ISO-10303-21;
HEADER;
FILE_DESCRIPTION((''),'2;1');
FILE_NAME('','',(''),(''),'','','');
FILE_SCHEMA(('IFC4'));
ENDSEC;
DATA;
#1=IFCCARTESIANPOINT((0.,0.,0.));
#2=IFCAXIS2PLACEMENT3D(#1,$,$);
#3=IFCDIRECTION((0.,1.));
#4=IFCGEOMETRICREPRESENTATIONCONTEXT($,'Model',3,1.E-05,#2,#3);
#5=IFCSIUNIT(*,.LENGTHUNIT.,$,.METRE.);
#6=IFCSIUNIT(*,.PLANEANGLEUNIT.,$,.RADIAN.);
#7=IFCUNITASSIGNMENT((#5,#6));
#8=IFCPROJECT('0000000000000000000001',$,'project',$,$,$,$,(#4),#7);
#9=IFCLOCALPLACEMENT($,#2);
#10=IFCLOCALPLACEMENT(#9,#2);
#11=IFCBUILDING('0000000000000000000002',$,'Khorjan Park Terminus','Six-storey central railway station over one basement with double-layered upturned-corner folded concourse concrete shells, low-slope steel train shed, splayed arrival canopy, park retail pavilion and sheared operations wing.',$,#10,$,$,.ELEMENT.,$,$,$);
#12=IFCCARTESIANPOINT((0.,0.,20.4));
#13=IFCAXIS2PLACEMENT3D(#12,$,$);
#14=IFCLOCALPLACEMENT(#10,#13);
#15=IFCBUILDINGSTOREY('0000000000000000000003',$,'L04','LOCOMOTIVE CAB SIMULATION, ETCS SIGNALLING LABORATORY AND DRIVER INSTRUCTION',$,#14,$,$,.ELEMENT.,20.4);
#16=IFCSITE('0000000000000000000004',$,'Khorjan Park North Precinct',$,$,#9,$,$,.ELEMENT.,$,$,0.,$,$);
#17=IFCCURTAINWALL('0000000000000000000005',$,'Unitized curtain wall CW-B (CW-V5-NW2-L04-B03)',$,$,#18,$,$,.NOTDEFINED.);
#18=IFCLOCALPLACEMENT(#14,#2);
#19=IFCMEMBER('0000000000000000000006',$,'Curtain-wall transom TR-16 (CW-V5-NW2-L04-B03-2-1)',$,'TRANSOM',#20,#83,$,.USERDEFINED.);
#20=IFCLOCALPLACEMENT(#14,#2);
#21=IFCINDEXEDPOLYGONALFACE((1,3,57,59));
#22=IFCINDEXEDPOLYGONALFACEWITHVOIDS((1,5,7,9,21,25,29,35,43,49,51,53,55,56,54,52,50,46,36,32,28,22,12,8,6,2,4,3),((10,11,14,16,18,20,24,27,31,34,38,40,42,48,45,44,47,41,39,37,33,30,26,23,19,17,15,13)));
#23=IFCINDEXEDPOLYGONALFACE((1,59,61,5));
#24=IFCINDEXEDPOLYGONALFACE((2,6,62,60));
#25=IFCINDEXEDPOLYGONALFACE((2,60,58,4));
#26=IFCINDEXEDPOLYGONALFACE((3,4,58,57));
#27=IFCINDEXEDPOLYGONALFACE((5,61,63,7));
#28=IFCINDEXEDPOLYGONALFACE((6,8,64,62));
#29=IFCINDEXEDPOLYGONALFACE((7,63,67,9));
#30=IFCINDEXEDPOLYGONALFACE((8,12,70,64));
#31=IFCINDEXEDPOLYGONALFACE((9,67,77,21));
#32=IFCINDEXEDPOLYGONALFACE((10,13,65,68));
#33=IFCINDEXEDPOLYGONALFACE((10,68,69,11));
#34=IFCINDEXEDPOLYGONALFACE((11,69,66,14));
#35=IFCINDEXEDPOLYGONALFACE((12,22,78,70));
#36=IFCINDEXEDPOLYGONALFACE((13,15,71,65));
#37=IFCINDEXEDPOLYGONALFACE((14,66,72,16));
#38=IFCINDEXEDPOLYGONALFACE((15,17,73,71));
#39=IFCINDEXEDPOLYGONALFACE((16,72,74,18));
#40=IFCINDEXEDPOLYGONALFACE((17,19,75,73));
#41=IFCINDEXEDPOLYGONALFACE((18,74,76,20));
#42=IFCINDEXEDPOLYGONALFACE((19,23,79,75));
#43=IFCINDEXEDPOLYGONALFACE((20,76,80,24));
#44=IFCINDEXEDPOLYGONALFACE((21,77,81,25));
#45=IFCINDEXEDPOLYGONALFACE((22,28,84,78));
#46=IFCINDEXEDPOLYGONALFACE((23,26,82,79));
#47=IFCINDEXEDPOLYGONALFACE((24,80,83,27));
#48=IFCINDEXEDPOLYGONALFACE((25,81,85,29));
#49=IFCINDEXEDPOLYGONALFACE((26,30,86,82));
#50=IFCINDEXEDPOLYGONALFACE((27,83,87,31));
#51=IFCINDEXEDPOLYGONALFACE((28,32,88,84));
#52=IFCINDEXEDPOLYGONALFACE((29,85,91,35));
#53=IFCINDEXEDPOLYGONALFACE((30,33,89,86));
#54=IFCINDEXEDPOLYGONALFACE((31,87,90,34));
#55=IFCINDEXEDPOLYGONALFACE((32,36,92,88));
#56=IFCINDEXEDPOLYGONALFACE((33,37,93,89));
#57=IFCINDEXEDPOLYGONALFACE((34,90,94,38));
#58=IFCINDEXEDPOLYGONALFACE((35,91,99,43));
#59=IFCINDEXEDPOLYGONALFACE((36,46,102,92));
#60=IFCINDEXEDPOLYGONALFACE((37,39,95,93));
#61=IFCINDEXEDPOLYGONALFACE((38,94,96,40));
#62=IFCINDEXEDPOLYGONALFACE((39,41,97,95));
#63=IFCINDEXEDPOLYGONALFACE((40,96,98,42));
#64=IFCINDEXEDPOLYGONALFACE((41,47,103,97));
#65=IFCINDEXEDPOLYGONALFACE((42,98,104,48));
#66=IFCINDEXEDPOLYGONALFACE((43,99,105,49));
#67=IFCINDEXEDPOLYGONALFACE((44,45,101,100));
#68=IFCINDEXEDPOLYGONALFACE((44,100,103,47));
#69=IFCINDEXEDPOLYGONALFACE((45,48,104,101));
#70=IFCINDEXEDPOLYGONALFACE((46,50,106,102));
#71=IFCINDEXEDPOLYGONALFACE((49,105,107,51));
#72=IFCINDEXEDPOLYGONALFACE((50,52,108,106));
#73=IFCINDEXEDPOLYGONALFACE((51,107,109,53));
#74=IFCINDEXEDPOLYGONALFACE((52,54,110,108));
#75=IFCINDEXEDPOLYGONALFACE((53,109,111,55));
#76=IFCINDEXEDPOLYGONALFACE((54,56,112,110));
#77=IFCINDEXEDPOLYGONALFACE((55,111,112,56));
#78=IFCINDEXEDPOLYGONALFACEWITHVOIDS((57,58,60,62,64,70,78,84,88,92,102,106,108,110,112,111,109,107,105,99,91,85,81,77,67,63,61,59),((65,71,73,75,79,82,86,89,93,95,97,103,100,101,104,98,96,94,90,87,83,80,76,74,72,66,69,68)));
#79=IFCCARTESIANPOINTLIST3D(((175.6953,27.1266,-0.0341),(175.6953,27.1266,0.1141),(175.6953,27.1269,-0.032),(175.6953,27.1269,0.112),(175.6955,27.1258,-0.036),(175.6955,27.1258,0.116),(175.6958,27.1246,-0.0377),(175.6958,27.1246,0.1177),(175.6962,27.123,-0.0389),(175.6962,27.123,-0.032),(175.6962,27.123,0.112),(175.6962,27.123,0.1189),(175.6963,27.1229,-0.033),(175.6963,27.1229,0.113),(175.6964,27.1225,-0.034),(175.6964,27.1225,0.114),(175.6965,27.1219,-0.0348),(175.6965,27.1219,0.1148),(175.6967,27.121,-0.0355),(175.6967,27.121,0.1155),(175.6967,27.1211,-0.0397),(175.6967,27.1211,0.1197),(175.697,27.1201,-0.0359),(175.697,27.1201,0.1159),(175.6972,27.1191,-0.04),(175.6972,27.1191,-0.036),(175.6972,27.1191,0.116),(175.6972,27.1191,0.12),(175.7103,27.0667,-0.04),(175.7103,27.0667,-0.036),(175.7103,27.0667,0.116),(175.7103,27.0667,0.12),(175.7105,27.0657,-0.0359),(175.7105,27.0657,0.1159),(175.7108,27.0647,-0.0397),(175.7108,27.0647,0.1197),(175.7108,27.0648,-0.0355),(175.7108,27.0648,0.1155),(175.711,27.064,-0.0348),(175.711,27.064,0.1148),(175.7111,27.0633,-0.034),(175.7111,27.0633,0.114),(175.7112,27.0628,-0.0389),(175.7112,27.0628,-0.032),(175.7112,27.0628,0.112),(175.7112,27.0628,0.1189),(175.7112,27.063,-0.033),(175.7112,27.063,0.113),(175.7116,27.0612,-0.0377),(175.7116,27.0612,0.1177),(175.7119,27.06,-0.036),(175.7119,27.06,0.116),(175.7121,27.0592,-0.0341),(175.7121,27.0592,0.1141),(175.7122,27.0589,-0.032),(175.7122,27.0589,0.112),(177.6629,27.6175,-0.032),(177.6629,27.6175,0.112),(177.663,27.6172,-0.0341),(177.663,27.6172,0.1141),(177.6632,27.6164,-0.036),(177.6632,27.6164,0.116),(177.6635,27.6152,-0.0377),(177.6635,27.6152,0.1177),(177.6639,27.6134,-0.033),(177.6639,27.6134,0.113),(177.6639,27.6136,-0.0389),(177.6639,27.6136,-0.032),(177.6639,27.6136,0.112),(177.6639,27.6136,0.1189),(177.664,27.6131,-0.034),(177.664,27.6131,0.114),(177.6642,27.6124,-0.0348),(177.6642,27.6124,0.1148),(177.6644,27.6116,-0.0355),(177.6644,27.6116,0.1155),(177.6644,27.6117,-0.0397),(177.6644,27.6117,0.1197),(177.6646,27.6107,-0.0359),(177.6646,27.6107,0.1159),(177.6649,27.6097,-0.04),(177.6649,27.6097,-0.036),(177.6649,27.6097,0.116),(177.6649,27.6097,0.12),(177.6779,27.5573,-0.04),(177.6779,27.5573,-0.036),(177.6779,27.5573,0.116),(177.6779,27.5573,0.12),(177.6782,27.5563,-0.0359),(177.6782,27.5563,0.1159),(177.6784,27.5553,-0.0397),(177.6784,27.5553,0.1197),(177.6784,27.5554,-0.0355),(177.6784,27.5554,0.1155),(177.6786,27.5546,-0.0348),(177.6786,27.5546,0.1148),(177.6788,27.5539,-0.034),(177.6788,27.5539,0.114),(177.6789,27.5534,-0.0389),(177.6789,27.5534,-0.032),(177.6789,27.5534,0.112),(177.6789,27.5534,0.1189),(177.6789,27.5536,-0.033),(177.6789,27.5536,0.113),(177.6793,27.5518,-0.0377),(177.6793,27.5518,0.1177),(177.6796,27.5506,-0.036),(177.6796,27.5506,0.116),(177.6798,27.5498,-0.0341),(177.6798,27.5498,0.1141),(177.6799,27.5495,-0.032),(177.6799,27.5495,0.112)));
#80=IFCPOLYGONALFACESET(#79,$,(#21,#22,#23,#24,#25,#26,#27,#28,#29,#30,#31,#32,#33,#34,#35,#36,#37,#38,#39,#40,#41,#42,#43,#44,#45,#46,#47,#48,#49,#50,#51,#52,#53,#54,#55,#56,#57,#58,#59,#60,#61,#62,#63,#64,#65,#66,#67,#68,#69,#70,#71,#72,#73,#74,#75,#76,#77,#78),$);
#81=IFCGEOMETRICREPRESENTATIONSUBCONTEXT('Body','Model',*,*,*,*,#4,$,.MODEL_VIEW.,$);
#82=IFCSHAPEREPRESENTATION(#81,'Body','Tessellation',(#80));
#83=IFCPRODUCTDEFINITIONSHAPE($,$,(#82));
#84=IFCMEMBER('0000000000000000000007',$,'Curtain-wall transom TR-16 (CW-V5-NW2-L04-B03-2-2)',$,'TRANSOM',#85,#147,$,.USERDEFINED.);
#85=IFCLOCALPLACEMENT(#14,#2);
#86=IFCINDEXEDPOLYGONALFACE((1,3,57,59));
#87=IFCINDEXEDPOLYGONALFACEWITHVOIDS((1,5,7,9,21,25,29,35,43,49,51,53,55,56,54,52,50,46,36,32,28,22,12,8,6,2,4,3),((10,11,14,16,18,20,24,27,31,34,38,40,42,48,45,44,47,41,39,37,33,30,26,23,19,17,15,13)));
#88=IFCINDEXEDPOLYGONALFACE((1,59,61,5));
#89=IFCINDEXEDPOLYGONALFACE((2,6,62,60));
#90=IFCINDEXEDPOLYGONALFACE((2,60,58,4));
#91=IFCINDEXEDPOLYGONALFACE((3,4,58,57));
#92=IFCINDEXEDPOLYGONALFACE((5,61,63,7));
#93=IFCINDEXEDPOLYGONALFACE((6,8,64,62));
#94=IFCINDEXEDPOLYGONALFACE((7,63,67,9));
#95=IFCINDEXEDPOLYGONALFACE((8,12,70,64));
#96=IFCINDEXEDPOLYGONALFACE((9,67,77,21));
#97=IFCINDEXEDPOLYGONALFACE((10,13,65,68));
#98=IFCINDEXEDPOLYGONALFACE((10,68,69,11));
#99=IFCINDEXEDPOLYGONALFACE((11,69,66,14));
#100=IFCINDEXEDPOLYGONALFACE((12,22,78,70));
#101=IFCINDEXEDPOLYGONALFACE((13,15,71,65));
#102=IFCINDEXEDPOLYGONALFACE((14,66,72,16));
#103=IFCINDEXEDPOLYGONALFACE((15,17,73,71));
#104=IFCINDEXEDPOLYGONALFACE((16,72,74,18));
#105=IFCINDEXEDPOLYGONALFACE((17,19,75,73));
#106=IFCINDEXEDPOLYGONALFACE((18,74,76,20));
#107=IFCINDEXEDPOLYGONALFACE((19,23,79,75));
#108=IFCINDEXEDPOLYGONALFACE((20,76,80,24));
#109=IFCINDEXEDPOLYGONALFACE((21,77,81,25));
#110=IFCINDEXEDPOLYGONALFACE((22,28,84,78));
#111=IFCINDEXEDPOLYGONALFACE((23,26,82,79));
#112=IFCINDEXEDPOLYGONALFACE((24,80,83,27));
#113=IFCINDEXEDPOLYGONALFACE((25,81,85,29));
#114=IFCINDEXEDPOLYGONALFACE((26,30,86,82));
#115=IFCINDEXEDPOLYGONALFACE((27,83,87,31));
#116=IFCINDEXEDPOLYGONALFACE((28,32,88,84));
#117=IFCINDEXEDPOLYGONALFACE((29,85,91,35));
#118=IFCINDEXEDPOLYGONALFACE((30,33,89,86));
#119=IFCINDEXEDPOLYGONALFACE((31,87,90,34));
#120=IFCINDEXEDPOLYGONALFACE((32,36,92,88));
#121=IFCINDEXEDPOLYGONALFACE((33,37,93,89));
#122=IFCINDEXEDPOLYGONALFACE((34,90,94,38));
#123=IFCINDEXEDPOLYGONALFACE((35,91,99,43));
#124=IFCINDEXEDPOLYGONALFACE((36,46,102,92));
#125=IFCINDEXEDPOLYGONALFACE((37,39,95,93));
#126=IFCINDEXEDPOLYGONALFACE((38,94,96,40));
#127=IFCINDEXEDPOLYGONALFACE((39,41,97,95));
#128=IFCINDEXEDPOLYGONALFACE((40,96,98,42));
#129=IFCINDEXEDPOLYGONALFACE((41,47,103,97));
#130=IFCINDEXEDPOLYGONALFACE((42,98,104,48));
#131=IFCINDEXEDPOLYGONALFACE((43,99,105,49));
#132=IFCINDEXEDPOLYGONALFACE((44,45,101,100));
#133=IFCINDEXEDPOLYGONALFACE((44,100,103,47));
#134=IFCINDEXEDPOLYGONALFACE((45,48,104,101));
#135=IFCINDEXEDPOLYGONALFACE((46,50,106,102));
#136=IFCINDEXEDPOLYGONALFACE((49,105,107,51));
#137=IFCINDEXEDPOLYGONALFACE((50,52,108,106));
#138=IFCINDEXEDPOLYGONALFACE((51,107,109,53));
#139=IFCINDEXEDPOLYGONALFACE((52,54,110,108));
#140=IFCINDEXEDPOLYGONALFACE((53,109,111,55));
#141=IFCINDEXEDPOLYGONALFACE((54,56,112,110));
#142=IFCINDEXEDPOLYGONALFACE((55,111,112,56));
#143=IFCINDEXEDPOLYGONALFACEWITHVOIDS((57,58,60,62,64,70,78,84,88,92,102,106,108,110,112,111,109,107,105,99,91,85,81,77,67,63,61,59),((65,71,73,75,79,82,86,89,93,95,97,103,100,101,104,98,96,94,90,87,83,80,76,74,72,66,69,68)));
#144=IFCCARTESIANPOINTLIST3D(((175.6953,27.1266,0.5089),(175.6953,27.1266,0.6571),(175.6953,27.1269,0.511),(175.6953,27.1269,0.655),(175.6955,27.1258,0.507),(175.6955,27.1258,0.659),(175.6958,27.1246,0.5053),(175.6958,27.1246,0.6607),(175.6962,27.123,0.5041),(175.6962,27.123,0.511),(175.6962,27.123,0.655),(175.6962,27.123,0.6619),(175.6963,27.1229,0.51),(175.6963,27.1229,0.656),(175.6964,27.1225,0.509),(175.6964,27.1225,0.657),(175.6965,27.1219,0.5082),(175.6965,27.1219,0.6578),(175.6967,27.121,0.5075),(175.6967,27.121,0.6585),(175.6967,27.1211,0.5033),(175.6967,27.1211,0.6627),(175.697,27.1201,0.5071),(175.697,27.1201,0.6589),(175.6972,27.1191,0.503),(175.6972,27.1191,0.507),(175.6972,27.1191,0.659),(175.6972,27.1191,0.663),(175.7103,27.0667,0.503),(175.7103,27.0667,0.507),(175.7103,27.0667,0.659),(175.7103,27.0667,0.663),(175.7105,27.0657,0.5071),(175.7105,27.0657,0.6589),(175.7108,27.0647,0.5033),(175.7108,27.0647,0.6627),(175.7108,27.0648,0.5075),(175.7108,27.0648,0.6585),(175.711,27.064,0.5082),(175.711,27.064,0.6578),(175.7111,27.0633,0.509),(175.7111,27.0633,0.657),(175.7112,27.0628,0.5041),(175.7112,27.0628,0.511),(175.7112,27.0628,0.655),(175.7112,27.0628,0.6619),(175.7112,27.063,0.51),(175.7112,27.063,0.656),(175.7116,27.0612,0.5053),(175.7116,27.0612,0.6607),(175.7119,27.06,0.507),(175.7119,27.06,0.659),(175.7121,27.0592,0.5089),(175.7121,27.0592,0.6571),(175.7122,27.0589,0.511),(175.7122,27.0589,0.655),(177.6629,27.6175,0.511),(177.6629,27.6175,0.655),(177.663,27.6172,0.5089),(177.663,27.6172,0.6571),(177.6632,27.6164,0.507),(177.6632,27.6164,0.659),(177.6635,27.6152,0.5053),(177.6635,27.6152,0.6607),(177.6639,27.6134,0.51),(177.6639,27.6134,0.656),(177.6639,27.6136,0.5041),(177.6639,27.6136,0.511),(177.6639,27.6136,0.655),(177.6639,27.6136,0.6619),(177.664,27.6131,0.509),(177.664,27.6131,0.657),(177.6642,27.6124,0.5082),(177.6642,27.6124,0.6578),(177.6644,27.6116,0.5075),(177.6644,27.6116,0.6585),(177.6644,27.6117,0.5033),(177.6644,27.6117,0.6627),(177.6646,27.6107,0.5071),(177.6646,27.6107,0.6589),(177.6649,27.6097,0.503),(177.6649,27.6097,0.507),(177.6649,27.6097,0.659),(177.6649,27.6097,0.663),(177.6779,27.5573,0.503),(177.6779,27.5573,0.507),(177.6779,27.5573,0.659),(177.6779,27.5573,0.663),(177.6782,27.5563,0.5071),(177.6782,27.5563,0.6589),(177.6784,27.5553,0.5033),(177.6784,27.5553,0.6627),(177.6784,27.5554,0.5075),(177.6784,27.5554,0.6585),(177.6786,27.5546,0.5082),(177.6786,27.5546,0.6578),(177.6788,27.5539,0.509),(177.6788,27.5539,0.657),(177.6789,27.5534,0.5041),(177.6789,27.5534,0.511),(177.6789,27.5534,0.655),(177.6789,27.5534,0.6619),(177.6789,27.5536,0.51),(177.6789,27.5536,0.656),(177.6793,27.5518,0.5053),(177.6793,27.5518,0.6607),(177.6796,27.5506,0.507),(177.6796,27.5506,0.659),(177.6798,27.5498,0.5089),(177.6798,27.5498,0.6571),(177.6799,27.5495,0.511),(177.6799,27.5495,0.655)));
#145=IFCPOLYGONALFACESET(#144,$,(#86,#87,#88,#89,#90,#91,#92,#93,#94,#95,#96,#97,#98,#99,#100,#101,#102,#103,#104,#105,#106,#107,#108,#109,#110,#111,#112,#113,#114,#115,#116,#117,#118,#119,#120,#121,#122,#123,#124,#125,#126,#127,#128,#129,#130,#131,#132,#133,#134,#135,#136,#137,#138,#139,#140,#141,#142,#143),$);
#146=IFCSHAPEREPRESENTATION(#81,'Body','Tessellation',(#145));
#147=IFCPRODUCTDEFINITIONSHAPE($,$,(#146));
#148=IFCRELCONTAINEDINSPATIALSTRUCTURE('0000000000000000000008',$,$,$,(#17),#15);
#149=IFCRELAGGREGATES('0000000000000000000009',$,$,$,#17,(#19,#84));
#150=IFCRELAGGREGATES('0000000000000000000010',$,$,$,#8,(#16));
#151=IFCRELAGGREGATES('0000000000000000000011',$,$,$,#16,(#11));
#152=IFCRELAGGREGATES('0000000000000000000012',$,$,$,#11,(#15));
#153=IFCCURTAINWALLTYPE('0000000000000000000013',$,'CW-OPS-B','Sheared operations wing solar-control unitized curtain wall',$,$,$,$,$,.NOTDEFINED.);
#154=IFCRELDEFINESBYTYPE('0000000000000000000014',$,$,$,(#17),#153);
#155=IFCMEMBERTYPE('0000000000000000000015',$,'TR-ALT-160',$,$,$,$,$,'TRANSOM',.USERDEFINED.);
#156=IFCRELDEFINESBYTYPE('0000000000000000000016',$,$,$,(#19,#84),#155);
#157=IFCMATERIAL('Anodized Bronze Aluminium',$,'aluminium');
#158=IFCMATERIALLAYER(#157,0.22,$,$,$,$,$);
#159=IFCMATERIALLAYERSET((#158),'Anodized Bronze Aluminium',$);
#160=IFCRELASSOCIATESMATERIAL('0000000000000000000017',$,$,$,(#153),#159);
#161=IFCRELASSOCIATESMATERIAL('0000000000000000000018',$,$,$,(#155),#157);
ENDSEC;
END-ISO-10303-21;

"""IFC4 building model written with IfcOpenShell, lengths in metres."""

from ifc_helpers import new_model, si_unit, direction, frame, origin, origin_2d, place, context, subcontext, project, spatial, hollow_rectangle, extrude, material, layer, layer_set, material_profile, profile_set, type_object, element, aggregate, save


model = new_model("IFC4")

# Units and contexts
model_context = context("Model", 3, precision=1e-05, world=origin(), true_north=direction((0.0, 1.0)))
body_context = subcontext(model_context, "Body", "Model", "MODEL_VIEW")
ifc_project = project(units=[si_unit("LENGTHUNIT", "METRE"), si_unit("PLANEANGLEUNIT", "RADIAN")], contexts=[model_context])

# Site, building, storey
site_placement = place(None, origin())
site = spatial("IfcSite", under=ifc_project, at=site_placement, Name="Khorjan Park North Precinct", CompositionType="ELEMENT", RefElevation=0.0)
building_placement = place(site_placement, origin())
building = spatial("IfcBuilding", under=site, at=building_placement, Name="Khorjan Park Terminus", Description="Six-storey central railway station over one basement with double-layered upturned-corner folded concourse concrete shells, low-slope steel train shed, splayed arrival canopy, park retail pavilion and sheared operations wing.", CompositionType="ELEMENT")
storey_placement = place(building_placement, frame((0.0, 0.0, 20.4)))
storey = spatial("IfcBuildingStorey", under=building, at=storey_placement, Name="L04", Description="LOCOMOTIVE CAB SIMULATION, ETCS SIGNALLING LABORATORY AND DRIVER INSTRUCTION", CompositionType="ELEMENT", Elevation=20.4)

# Curtain wall, members
ifc_material_1 = material(Name="Anodized Bronze Aluminium", Category="aluminium")
ifc_layer_1 = layer(ifc_material_1, 0.22)
ifc_layer_set_1 = layer_set([ifc_layer_1], Name="Anodized Bronze Aluminium")
curtain_wall_type = type_object("IfcCurtainWallType", Name="CW-OPS-B", Description="Sheared operations wing solar-control unitized curtain wall", PredefinedType="NOTDEFINED", material=ifc_layer_set_1)
curtain_wall_placement = place(storey_placement, origin())
curtain_wall = element("IfcCurtainWall", 1, at=curtain_wall_placement, inside=storey, type_object=curtain_wall_type, Name="Unitized curtain wall CW-B (CW-V5-NW2-L04-B03)", PredefinedType="NOTDEFINED")
ifc_material_profile_1 = material_profile(ifc_material_1, hollow_rectangle(XDim=0.07, YDim=0.16, WallThickness=0.004, InnerFilletRadius=0.004, OuterFilletRadius=0.008, at=origin_2d()), Name="ALT 70x160x4")
ifc_profile_set_1 = profile_set([ifc_material_profile_1], Name="Anodized Bronze Aluminium")
member_type_1 = type_object("IfcMemberType", Name="TR-ALT-160", ElementType="TRANSOM", PredefinedType="USERDEFINED", material=ifc_profile_set_1)
member_1_placement = place(storey_placement, frame((177.6714, 27.5835, 0.04), z_axis=(-0.970296, -0.241921, 0.0), x_axis=(0.241921, -0.970296, 0.0)))
member_1 = element("IfcMember", 2, at=member_1_placement, type_object=member_type_1, Name="Curtain-wall transom TR-16 (CW-V5-NW2-L04-B03-2-1)", ObjectType="TRANSOM", PredefinedType="USERDEFINED", context=body_context, shape_type="SweptSolid", body=[
    extrude(hollow_rectangle(XDim=0.07, YDim=0.16, WallThickness=0.004, InnerFilletRadius=0.004, OuterFilletRadius=0.008, at=origin_2d()), origin(), (0.0, 0.0, 1.0), 2.0279),
])
member_2_placement = place(storey_placement, frame((177.6714, 27.5835, 0.583), z_axis=(-0.970296, -0.241921, 0.0), x_axis=(0.241921, -0.970296, 0.0)))
member_2 = element("IfcMember", 3, at=member_2_placement, type_object=member_type_1, Name="Curtain-wall transom TR-16 (CW-V5-NW2-L04-B03-2-2)", ObjectType="TRANSOM", PredefinedType="USERDEFINED", context=body_context, shape_type="SweptSolid", body=[
    extrude(hollow_rectangle(XDim=0.07, YDim=0.16, WallThickness=0.004, InnerFilletRadius=0.004, OuterFilletRadius=0.008, at=origin_2d()), origin(), (0.0, 0.0, 1.0), 2.0279),
])
aggregate(curtain_wall, [member_1, member_2])

save(model, "model.ifc")
